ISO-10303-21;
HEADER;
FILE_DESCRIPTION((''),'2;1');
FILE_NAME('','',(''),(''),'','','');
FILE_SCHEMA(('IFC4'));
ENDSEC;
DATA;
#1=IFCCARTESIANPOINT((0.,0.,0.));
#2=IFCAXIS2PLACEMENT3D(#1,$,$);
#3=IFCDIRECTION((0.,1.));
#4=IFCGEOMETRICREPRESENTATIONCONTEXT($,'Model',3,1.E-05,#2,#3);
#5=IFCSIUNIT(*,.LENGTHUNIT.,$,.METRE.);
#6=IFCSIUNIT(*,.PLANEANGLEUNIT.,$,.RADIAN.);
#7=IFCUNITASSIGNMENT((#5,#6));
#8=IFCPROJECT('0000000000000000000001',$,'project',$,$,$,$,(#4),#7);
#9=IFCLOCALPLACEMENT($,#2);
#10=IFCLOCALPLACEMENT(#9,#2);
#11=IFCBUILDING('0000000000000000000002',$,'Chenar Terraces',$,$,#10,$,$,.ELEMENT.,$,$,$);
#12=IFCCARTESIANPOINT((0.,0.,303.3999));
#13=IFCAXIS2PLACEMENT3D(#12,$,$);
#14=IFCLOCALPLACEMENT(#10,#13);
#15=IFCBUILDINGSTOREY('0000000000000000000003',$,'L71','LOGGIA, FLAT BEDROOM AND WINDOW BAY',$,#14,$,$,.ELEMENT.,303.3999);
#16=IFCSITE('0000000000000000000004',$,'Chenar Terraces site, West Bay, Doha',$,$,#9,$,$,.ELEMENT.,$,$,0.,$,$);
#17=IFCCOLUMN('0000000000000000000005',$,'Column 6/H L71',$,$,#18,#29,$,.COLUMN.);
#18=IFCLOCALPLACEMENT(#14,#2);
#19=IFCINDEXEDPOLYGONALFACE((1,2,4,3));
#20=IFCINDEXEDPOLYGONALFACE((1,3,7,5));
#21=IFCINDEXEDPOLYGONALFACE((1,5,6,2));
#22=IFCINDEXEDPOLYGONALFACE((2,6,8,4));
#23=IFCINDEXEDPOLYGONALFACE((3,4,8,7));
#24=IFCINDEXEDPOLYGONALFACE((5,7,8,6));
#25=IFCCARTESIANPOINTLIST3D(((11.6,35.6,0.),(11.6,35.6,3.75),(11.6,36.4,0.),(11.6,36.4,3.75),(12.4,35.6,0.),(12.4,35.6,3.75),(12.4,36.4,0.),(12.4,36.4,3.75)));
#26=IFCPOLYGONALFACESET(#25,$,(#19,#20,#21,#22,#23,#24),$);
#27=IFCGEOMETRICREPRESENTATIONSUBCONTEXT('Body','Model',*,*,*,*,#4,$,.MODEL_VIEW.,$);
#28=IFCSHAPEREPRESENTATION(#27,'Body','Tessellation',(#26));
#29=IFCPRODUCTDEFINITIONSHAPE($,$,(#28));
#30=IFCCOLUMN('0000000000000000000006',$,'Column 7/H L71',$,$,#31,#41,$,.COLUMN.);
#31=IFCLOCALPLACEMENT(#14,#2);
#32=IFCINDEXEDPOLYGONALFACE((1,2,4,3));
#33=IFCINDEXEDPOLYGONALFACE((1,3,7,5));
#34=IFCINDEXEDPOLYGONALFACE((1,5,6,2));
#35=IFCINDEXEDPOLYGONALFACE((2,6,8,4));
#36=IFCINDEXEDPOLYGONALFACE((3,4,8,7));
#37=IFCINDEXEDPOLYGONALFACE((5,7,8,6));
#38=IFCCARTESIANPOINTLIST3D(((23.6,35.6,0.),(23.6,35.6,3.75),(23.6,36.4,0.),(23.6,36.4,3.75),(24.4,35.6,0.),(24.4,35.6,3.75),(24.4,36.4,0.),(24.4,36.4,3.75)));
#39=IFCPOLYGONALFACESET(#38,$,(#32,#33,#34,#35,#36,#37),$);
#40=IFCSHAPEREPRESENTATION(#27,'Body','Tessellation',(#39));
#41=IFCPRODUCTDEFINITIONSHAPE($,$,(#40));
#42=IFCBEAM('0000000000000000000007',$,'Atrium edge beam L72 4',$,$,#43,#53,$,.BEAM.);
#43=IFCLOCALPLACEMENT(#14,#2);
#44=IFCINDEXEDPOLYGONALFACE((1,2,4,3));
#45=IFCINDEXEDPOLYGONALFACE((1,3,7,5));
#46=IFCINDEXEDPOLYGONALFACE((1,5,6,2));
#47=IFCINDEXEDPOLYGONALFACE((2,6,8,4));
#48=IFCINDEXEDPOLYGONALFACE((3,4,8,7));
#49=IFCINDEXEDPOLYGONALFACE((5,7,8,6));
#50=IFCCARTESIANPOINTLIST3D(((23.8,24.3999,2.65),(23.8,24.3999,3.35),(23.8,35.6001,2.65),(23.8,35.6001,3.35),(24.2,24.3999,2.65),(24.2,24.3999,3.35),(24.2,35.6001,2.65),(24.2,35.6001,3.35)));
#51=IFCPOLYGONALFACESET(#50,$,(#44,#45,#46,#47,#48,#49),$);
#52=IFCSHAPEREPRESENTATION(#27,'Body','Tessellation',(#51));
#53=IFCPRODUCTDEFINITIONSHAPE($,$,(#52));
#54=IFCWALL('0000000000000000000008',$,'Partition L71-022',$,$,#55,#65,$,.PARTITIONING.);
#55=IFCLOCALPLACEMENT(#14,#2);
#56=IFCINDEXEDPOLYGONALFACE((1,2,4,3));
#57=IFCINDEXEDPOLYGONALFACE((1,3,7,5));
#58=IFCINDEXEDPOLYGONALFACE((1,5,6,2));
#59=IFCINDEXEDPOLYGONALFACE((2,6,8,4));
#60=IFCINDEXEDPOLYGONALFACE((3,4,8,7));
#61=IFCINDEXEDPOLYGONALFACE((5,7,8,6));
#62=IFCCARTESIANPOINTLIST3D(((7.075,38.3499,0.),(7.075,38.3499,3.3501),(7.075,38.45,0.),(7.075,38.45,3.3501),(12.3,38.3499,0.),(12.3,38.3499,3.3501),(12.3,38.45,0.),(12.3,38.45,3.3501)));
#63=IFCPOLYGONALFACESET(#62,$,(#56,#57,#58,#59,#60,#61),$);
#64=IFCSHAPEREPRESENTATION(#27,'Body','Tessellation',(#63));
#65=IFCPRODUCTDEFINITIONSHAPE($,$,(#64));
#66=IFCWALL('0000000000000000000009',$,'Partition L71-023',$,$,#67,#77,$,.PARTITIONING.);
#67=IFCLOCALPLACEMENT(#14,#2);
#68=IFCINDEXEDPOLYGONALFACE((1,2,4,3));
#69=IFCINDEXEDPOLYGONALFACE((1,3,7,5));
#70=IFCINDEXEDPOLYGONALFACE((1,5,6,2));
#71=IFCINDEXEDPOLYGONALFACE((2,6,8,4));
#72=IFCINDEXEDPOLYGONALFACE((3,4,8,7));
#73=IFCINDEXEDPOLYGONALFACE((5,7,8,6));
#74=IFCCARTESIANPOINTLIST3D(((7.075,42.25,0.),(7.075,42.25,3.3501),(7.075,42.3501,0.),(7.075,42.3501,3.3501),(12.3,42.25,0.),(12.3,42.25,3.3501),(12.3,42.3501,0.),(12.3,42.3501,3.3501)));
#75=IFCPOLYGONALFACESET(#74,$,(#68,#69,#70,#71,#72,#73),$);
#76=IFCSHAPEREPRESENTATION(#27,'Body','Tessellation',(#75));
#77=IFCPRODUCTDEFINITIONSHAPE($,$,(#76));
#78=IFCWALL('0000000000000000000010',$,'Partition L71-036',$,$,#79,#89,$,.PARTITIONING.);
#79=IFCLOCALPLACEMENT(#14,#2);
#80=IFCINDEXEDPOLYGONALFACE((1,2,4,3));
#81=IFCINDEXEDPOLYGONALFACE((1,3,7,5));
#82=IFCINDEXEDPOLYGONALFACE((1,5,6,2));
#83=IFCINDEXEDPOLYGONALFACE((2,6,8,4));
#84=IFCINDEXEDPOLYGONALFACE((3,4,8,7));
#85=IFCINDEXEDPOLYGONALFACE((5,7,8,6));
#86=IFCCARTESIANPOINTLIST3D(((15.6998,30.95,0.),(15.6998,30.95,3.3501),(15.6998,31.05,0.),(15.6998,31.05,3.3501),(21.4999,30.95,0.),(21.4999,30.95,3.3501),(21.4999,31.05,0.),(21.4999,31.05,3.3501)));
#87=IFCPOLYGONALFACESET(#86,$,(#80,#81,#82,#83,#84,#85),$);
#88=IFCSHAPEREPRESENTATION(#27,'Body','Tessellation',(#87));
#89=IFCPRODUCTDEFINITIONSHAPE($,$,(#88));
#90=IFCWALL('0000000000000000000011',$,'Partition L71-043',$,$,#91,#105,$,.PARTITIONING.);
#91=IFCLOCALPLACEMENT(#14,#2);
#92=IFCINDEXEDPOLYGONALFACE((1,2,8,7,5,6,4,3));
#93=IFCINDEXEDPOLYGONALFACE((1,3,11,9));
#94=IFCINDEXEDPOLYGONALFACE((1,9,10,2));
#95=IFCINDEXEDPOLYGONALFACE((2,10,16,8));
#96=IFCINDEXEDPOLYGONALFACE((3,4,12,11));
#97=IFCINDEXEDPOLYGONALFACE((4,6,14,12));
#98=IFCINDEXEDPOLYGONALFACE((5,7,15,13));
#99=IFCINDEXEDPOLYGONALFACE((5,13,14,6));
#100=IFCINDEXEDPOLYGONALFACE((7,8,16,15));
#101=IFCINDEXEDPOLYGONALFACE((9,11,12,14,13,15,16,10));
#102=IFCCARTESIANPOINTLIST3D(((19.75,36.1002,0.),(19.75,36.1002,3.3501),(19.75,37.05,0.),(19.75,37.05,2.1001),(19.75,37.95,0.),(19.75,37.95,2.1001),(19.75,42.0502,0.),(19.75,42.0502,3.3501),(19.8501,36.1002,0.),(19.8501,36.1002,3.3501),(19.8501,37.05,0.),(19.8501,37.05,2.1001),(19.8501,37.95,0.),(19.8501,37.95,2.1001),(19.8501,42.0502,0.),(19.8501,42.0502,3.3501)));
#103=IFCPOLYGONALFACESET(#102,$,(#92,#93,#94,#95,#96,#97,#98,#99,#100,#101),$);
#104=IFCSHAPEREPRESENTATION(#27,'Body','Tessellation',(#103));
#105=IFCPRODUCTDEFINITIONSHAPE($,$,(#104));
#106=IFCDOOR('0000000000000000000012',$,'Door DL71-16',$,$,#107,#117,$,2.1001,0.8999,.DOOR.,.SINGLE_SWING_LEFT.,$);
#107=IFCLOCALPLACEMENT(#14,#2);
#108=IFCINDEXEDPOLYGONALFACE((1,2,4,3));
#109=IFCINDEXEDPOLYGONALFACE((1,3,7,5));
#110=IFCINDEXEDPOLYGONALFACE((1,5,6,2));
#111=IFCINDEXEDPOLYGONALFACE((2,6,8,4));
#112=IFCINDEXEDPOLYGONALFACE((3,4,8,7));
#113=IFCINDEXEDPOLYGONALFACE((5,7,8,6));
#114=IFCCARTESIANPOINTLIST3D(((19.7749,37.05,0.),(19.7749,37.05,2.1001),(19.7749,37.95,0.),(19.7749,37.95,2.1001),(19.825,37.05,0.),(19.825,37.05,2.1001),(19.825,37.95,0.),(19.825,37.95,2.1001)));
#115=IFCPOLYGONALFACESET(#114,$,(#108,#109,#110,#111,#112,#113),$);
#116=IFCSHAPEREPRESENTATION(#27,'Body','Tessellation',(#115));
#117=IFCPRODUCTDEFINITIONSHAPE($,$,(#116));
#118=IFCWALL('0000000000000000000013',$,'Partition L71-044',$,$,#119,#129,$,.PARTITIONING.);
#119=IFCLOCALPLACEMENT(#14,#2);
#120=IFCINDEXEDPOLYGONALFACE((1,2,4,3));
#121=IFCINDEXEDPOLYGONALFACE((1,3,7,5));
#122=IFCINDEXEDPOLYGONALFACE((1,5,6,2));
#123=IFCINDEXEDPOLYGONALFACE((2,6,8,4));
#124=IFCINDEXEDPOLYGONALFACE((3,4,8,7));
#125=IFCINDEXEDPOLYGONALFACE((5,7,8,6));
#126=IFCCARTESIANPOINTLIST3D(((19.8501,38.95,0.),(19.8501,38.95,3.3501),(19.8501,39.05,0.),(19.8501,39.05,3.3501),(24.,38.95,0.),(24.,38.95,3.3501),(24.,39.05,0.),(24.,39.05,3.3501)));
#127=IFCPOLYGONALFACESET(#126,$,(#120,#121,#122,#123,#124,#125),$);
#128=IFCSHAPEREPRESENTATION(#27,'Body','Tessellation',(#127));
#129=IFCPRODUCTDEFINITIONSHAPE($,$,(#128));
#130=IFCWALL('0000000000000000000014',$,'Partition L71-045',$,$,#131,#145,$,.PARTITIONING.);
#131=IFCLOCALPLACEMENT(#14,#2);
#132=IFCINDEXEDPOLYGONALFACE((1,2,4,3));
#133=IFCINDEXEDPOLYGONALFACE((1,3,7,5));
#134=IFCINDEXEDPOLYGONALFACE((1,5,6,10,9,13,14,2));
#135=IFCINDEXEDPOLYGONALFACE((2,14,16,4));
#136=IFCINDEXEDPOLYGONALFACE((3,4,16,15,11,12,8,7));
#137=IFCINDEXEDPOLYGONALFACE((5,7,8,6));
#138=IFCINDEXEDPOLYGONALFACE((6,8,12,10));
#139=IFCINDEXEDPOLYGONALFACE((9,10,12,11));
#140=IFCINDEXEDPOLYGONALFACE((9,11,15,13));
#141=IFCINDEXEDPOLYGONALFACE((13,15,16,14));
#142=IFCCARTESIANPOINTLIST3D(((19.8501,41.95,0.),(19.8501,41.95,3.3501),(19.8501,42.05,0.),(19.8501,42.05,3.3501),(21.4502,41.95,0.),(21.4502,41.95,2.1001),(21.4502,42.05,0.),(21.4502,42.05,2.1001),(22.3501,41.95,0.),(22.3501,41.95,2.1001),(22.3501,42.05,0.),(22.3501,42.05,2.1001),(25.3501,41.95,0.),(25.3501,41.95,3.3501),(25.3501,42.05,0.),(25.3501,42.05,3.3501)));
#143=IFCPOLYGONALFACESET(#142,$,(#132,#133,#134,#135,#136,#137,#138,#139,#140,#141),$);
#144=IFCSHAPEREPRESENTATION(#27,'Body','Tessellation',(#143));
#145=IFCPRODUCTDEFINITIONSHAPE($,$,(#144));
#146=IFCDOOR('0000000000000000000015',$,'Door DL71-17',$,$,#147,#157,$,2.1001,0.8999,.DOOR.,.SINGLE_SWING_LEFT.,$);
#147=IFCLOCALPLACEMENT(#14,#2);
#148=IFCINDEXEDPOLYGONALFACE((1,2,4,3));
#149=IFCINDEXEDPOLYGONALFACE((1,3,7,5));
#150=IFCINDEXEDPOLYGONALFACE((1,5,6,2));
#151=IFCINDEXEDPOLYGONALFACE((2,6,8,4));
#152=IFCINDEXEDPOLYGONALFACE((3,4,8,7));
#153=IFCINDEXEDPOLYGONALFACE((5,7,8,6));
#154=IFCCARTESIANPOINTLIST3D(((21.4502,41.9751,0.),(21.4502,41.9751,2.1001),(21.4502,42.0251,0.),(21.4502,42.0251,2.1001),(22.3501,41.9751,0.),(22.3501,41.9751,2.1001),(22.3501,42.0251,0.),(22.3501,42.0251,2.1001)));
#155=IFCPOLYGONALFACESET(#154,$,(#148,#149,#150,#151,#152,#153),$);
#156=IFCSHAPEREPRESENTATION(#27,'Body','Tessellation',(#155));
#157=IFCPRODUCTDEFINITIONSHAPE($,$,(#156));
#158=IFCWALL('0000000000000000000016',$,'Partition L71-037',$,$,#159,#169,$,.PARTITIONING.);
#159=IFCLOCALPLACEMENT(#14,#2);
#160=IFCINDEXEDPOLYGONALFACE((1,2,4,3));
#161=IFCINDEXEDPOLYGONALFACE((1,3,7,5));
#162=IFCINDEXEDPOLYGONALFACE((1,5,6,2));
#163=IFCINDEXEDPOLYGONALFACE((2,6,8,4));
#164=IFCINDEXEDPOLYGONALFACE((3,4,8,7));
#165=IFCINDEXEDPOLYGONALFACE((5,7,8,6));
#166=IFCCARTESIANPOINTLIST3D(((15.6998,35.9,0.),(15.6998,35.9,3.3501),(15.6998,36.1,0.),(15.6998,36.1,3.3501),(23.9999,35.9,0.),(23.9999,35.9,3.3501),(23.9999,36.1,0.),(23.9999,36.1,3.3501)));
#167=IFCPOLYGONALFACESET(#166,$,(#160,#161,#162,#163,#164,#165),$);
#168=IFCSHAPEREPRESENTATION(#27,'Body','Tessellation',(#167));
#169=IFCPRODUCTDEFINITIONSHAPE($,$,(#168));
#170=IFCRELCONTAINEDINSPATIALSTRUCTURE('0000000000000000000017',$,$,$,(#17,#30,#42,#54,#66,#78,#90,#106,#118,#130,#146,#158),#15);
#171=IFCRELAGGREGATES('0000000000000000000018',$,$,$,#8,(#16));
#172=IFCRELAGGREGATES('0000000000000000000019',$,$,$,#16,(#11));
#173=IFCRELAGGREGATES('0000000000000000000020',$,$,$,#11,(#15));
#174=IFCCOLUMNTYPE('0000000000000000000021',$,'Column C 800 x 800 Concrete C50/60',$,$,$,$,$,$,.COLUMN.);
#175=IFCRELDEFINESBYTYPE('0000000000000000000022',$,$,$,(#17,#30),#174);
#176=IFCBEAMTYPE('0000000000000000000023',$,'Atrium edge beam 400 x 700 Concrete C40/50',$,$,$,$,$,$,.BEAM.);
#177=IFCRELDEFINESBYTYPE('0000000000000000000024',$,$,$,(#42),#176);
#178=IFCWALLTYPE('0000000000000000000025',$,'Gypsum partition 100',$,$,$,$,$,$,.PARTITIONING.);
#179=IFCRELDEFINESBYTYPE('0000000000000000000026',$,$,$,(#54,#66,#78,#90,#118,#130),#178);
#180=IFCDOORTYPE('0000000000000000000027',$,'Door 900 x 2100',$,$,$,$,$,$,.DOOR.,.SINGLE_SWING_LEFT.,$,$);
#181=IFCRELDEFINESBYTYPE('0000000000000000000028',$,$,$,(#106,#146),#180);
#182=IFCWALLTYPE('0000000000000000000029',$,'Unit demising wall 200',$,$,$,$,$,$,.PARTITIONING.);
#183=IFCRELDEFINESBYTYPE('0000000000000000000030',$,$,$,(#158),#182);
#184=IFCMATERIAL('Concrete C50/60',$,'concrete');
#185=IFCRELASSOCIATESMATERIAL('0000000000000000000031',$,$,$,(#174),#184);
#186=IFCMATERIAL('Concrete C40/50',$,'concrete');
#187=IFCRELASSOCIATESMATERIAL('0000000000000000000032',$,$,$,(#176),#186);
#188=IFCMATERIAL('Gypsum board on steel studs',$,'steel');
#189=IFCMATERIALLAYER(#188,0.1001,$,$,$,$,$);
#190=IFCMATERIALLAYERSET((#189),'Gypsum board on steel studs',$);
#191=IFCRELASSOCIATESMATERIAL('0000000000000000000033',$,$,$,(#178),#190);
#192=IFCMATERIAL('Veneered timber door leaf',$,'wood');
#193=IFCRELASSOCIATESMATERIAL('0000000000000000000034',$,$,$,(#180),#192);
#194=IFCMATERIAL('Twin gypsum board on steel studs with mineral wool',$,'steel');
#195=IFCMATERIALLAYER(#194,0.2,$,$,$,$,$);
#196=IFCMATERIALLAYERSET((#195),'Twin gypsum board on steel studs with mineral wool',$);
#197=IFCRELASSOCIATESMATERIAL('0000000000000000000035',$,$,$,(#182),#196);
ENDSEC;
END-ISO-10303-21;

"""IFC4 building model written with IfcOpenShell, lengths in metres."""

from ifc_helpers import new_model, si_unit, direction, frame, frame_2d, origin, origin_2d, place, context, subcontext, project, spatial, rectangle, extrude, material, layer, layer_set, material_profile, profile_set, type_object, element, fill, save


model = new_model("IFC4")

# Units and contexts
model_context = context("Model", 3, precision=1e-05, world=origin(), true_north=direction((0.0, 1.0)))
body_context = subcontext(model_context, "Body", "Model", "MODEL_VIEW")
ifc_project = project(units=[si_unit("LENGTHUNIT", "METRE"), si_unit("PLANEANGLEUNIT", "RADIAN")], contexts=[model_context])

# Site, building, storey
site_placement = place(None, origin())
site = spatial("IfcSite", under=ifc_project, at=site_placement, Name="Chenar Terraces site, West Bay, Doha", CompositionType="ELEMENT", RefElevation=0.0)
building_placement = place(site_placement, origin())
building = spatial("IfcBuilding", under=site, at=building_placement, Name="Chenar Terraces", CompositionType="ELEMENT")
storey_placement = place(building_placement, frame((0.0, 0.0, 303.3999)))
storey = spatial("IfcBuildingStorey", under=building, at=storey_placement, Name="L71", Description="LOGGIA, FLAT BEDROOM AND WINDOW BAY", CompositionType="ELEMENT", Elevation=303.3999)

# Columns
ifc_material_1 = material(Name="Concrete C50/60", Category="concrete")
ifc_material_profile_1 = material_profile(ifc_material_1, rectangle(XDim=0.8, YDim=0.8, at=origin_2d()), Name="C 800 x 800")
ifc_profile_set_1 = profile_set([ifc_material_profile_1], Name="Concrete C50/60")
column_type = type_object("IfcColumnType", Name="Column C 800 x 800 Concrete C50/60", PredefinedType="COLUMN", material=ifc_profile_set_1)
for number, where, z_axis, x_axis, name in (
    (1, (12.0, 36.0, 0.0), (0.0, 0.0, 1.0), (1.0, 0.0, 0.0), "Column 6/H L71"),
    (2, (24.0, 36.0, 0.0), (0.0, 0.0, 1.0), (1.0, 0.0, 0.0), "Column 7/H L71"),
):
    element("IfcColumn", number, at=place(storey_placement, frame(where, z_axis=z_axis, x_axis=x_axis)), inside=storey, type_object=column_type, Name=name, PredefinedType="COLUMN", context=body_context, shape_type="SweptSolid", body=[
        extrude(rectangle(XDim=0.8, YDim=0.8, at=origin_2d()), origin(), (0.0, 0.0, 1.0), 3.75),
    ])

# Beam
ifc_material_2 = material(Name="Concrete C40/50", Category="concrete")
ifc_material_profile_2 = material_profile(ifc_material_2, rectangle(XDim=0.3999, YDim=0.7, at=origin_2d()), Name="RC 400 x 700")
ifc_profile_set_2 = profile_set([ifc_material_profile_2], Name="Concrete C40/50")
beam_type = type_object("IfcBeamType", Name="Atrium edge beam 400 x 700 Concrete C40/50", PredefinedType="BEAM", material=ifc_profile_set_2)
beam_placement = place(storey_placement, frame((24.0, 35.6001, 3.0), z_axis=(0.0, -1.0, 0.0), x_axis=(1.0, 0.0, 0.0)))
element("IfcBeam", 3, at=beam_placement, inside=storey, type_object=beam_type, Name="Atrium edge beam L72 4", PredefinedType="BEAM", context=body_context, shape_type="SweptSolid", body=[
    extrude(rectangle(XDim=0.3999, YDim=0.7, at=origin_2d()), origin(), (0.0, 0.0, 1.0), 11.2002),
])

# Walls
ifc_material_3 = material(Name="Gypsum board on steel studs", Category="steel")
ifc_layer_1 = layer(ifc_material_3, 0.1001)
ifc_layer_set_1 = layer_set([ifc_layer_1], Name="Gypsum board on steel studs")
wall_type_1 = type_object("IfcWallType", Name="Gypsum partition 100", PredefinedType="PARTITIONING", material=ifc_layer_set_1)
for number, where, z_axis, x_axis, name in (
    (4, (7.075, 38.3999, 0.0), (0.0, 0.0, 1.0), (1.0, 0.0, 0.0), "Partition L71-022"),
    (5, (7.075, 42.3, 0.0), (0.0, 0.0, 1.0), (1.0, 0.0, 0.0), "Partition L71-023"),
):
    element("IfcWall", number, at=place(storey_placement, frame(where, z_axis=z_axis, x_axis=x_axis)), inside=storey, type_object=wall_type_1, Name=name, PredefinedType="PARTITIONING", context=body_context, shape_type="SweptSolid", body=[
        extrude(rectangle(XDim=5.2251, YDim=0.1001, at=frame_2d((2.6125, 0.0))), origin(), (0.0, 0.0, 1.0), 3.3501),
    ])
wall_1_placement = place(storey_placement, frame((15.7, 31.0, 0.0), z_axis=(0.0, 0.0, 1.0), x_axis=(1.0, 0.0, 0.0)))
element("IfcWall", 6, at=wall_1_placement, inside=storey, type_object=wall_type_1, Name="Partition L71-036", PredefinedType="PARTITIONING", context=body_context, shape_type="SweptSolid", body=[
    extrude(rectangle(XDim=5.8, YDim=0.1001, at=frame_2d((2.8999, 0.0))), origin(), (0.0, 0.0, 1.0), 3.3501),
])

# Wall, opening, door
wall_2_placement = place(storey_placement, frame((19.8, 36.1001, 0.0), z_axis=(0.0, 0.0, 1.0), x_axis=(0.0, 1.0, 0.0)))
wall_2 = element("IfcWall", 7, at=wall_2_placement, inside=storey, type_object=wall_type_1, Name="Partition L71-043", PredefinedType="PARTITIONING", context=body_context, shape_type="SweptSolid", body=[
    extrude(rectangle(XDim=5.95, YDim=0.1001, at=frame_2d((2.9751, 0.0))), origin(), (0.0, 0.0, 1.0), 3.3501),
])
opening_1_placement = place(wall_2_placement, frame((0.95, 0.0, 0.0)))
opening_1 = element("IfcOpeningElement", 8, at=opening_1_placement, cuts=wall_2, PredefinedType="OPENING", context=body_context, shape_type="SweptSolid", body=[
    extrude(rectangle(XDim=0.8999, YDim=2.1001, at=frame_2d((0.45, 1.05))), frame((0.0, 0.0601, 0.0), z_axis=(0.0, -1.0, 0.0), x_axis=(1.0, 0.0, 0.0)), (0.0, 0.0, 1.0), 0.1201),
])
ifc_material_4 = material(Name="Veneered timber door leaf", Category="wood")
door_type_1 = type_object("IfcDoorType", Name="Door 900 x 2100", OperationType="SINGLE_SWING_LEFT", PredefinedType="DOOR", material=ifc_material_4)
door_1_placement = place(opening_1_placement, frame((0.8999, 0.0, 0.0), z_axis=(0.0, 0.0, 1.0), x_axis=(-1.0, 0.0, 0.0)))
door_1 = element("IfcDoor", 9, at=door_1_placement, inside=storey, type_object=door_type_1, Name="Door DL71-16", OperationType="SINGLE_SWING_LEFT", OverallHeight=2.1001, OverallWidth=0.8999, PredefinedType="DOOR", context=body_context, shape_type="SweptSolid", body=[
    extrude(rectangle(XDim=0.8999, YDim=2.1001, at=frame_2d((0.45, 1.05))), frame((0.0, 0.0249, 0.0), z_axis=(0.0, -1.0, 0.0), x_axis=(1.0, 0.0, 0.0)), (0.0, 0.0, 1.0), 0.05),
])
fill(opening_1, door_1)

# Wall
wall_3_placement = place(storey_placement, frame((19.8501, 39.0, 0.0), z_axis=(0.0, 0.0, 1.0), x_axis=(1.0, 0.0, 0.0)))
element("IfcWall", 10, at=wall_3_placement, inside=storey, type_object=wall_type_1, Name="Partition L71-044", PredefinedType="PARTITIONING", context=body_context, shape_type="SweptSolid", body=[
    extrude(rectangle(XDim=4.1499, YDim=0.1001, at=frame_2d((2.075, 0.0))), origin(), (0.0, 0.0, 1.0), 3.3501),
])

# Wall, opening, door
wall_4_placement = place(storey_placement, frame((19.8501, 42.0, 0.0), z_axis=(0.0, 0.0, 1.0), x_axis=(1.0, 0.0, 0.0)))
wall_4 = element("IfcWall", 11, at=wall_4_placement, inside=storey, type_object=wall_type_1, Name="Partition L71-045", PredefinedType="PARTITIONING", context=body_context, shape_type="SweptSolid", body=[
    extrude(rectangle(XDim=5.5, YDim=0.1001, at=frame_2d((2.75, 0.0))), origin(), (0.0, 0.0, 1.0), 3.3501),
])
opening_2_placement = place(wall_4_placement, frame((1.6001, 0.0, 0.0)))
opening_2 = element("IfcOpeningElement", 12, at=opening_2_placement, cuts=wall_4, PredefinedType="OPENING", context=body_context, shape_type="SweptSolid", body=[
    extrude(rectangle(XDim=0.8999, YDim=2.1001, at=frame_2d((0.45, 1.05))), frame((0.0, 0.0601, 0.0), z_axis=(0.0, -1.0, 0.0), x_axis=(1.0, 0.0, 0.0)), (0.0, 0.0, 1.0), 0.1201),
])
door_2_placement = place(opening_2_placement, frame((0.8999, 0.0, 0.0), z_axis=(0.0, 0.0, 1.0), x_axis=(-1.0, 0.0, 0.0)))
door_2 = element("IfcDoor", 13, at=door_2_placement, inside=storey, type_object=door_type_1, Name="Door DL71-17", OperationType="SINGLE_SWING_LEFT", OverallHeight=2.1001, OverallWidth=0.8999, PredefinedType="DOOR", context=body_context, shape_type="SweptSolid", body=[
    extrude(rectangle(XDim=0.8999, YDim=2.1001, at=frame_2d((0.45, 1.05))), frame((0.0, 0.0249, 0.0), z_axis=(0.0, -1.0, 0.0), x_axis=(1.0, 0.0, 0.0)), (0.0, 0.0, 1.0), 0.05),
])
fill(opening_2, door_2)

# Wall
ifc_material_5 = material(Name="Twin gypsum board on steel studs with mineral wool", Category="steel")
ifc_layer_2 = layer(ifc_material_5, 0.2)
ifc_layer_set_2 = layer_set([ifc_layer_2], Name="Twin gypsum board on steel studs with mineral wool")
wall_type_2 = type_object("IfcWallType", Name="Unit demising wall 200", PredefinedType="PARTITIONING", material=ifc_layer_set_2)
wall_5_placement = place(storey_placement, frame((15.7, 36.0, 0.0), z_axis=(0.0, 0.0, 1.0), x_axis=(1.0, 0.0, 0.0)))
element("IfcWall", 14, at=wall_5_placement, inside=storey, type_object=wall_type_2, Name="Partition L71-037", PredefinedType="PARTITIONING", context=body_context, shape_type="SweptSolid", body=[
    extrude(rectangle(XDim=8.3, YDim=0.2, at=frame_2d((4.1499, 0.0))), origin(), (0.0, 0.0, 1.0), 3.3501),
])

save(model, "model.ifc")
